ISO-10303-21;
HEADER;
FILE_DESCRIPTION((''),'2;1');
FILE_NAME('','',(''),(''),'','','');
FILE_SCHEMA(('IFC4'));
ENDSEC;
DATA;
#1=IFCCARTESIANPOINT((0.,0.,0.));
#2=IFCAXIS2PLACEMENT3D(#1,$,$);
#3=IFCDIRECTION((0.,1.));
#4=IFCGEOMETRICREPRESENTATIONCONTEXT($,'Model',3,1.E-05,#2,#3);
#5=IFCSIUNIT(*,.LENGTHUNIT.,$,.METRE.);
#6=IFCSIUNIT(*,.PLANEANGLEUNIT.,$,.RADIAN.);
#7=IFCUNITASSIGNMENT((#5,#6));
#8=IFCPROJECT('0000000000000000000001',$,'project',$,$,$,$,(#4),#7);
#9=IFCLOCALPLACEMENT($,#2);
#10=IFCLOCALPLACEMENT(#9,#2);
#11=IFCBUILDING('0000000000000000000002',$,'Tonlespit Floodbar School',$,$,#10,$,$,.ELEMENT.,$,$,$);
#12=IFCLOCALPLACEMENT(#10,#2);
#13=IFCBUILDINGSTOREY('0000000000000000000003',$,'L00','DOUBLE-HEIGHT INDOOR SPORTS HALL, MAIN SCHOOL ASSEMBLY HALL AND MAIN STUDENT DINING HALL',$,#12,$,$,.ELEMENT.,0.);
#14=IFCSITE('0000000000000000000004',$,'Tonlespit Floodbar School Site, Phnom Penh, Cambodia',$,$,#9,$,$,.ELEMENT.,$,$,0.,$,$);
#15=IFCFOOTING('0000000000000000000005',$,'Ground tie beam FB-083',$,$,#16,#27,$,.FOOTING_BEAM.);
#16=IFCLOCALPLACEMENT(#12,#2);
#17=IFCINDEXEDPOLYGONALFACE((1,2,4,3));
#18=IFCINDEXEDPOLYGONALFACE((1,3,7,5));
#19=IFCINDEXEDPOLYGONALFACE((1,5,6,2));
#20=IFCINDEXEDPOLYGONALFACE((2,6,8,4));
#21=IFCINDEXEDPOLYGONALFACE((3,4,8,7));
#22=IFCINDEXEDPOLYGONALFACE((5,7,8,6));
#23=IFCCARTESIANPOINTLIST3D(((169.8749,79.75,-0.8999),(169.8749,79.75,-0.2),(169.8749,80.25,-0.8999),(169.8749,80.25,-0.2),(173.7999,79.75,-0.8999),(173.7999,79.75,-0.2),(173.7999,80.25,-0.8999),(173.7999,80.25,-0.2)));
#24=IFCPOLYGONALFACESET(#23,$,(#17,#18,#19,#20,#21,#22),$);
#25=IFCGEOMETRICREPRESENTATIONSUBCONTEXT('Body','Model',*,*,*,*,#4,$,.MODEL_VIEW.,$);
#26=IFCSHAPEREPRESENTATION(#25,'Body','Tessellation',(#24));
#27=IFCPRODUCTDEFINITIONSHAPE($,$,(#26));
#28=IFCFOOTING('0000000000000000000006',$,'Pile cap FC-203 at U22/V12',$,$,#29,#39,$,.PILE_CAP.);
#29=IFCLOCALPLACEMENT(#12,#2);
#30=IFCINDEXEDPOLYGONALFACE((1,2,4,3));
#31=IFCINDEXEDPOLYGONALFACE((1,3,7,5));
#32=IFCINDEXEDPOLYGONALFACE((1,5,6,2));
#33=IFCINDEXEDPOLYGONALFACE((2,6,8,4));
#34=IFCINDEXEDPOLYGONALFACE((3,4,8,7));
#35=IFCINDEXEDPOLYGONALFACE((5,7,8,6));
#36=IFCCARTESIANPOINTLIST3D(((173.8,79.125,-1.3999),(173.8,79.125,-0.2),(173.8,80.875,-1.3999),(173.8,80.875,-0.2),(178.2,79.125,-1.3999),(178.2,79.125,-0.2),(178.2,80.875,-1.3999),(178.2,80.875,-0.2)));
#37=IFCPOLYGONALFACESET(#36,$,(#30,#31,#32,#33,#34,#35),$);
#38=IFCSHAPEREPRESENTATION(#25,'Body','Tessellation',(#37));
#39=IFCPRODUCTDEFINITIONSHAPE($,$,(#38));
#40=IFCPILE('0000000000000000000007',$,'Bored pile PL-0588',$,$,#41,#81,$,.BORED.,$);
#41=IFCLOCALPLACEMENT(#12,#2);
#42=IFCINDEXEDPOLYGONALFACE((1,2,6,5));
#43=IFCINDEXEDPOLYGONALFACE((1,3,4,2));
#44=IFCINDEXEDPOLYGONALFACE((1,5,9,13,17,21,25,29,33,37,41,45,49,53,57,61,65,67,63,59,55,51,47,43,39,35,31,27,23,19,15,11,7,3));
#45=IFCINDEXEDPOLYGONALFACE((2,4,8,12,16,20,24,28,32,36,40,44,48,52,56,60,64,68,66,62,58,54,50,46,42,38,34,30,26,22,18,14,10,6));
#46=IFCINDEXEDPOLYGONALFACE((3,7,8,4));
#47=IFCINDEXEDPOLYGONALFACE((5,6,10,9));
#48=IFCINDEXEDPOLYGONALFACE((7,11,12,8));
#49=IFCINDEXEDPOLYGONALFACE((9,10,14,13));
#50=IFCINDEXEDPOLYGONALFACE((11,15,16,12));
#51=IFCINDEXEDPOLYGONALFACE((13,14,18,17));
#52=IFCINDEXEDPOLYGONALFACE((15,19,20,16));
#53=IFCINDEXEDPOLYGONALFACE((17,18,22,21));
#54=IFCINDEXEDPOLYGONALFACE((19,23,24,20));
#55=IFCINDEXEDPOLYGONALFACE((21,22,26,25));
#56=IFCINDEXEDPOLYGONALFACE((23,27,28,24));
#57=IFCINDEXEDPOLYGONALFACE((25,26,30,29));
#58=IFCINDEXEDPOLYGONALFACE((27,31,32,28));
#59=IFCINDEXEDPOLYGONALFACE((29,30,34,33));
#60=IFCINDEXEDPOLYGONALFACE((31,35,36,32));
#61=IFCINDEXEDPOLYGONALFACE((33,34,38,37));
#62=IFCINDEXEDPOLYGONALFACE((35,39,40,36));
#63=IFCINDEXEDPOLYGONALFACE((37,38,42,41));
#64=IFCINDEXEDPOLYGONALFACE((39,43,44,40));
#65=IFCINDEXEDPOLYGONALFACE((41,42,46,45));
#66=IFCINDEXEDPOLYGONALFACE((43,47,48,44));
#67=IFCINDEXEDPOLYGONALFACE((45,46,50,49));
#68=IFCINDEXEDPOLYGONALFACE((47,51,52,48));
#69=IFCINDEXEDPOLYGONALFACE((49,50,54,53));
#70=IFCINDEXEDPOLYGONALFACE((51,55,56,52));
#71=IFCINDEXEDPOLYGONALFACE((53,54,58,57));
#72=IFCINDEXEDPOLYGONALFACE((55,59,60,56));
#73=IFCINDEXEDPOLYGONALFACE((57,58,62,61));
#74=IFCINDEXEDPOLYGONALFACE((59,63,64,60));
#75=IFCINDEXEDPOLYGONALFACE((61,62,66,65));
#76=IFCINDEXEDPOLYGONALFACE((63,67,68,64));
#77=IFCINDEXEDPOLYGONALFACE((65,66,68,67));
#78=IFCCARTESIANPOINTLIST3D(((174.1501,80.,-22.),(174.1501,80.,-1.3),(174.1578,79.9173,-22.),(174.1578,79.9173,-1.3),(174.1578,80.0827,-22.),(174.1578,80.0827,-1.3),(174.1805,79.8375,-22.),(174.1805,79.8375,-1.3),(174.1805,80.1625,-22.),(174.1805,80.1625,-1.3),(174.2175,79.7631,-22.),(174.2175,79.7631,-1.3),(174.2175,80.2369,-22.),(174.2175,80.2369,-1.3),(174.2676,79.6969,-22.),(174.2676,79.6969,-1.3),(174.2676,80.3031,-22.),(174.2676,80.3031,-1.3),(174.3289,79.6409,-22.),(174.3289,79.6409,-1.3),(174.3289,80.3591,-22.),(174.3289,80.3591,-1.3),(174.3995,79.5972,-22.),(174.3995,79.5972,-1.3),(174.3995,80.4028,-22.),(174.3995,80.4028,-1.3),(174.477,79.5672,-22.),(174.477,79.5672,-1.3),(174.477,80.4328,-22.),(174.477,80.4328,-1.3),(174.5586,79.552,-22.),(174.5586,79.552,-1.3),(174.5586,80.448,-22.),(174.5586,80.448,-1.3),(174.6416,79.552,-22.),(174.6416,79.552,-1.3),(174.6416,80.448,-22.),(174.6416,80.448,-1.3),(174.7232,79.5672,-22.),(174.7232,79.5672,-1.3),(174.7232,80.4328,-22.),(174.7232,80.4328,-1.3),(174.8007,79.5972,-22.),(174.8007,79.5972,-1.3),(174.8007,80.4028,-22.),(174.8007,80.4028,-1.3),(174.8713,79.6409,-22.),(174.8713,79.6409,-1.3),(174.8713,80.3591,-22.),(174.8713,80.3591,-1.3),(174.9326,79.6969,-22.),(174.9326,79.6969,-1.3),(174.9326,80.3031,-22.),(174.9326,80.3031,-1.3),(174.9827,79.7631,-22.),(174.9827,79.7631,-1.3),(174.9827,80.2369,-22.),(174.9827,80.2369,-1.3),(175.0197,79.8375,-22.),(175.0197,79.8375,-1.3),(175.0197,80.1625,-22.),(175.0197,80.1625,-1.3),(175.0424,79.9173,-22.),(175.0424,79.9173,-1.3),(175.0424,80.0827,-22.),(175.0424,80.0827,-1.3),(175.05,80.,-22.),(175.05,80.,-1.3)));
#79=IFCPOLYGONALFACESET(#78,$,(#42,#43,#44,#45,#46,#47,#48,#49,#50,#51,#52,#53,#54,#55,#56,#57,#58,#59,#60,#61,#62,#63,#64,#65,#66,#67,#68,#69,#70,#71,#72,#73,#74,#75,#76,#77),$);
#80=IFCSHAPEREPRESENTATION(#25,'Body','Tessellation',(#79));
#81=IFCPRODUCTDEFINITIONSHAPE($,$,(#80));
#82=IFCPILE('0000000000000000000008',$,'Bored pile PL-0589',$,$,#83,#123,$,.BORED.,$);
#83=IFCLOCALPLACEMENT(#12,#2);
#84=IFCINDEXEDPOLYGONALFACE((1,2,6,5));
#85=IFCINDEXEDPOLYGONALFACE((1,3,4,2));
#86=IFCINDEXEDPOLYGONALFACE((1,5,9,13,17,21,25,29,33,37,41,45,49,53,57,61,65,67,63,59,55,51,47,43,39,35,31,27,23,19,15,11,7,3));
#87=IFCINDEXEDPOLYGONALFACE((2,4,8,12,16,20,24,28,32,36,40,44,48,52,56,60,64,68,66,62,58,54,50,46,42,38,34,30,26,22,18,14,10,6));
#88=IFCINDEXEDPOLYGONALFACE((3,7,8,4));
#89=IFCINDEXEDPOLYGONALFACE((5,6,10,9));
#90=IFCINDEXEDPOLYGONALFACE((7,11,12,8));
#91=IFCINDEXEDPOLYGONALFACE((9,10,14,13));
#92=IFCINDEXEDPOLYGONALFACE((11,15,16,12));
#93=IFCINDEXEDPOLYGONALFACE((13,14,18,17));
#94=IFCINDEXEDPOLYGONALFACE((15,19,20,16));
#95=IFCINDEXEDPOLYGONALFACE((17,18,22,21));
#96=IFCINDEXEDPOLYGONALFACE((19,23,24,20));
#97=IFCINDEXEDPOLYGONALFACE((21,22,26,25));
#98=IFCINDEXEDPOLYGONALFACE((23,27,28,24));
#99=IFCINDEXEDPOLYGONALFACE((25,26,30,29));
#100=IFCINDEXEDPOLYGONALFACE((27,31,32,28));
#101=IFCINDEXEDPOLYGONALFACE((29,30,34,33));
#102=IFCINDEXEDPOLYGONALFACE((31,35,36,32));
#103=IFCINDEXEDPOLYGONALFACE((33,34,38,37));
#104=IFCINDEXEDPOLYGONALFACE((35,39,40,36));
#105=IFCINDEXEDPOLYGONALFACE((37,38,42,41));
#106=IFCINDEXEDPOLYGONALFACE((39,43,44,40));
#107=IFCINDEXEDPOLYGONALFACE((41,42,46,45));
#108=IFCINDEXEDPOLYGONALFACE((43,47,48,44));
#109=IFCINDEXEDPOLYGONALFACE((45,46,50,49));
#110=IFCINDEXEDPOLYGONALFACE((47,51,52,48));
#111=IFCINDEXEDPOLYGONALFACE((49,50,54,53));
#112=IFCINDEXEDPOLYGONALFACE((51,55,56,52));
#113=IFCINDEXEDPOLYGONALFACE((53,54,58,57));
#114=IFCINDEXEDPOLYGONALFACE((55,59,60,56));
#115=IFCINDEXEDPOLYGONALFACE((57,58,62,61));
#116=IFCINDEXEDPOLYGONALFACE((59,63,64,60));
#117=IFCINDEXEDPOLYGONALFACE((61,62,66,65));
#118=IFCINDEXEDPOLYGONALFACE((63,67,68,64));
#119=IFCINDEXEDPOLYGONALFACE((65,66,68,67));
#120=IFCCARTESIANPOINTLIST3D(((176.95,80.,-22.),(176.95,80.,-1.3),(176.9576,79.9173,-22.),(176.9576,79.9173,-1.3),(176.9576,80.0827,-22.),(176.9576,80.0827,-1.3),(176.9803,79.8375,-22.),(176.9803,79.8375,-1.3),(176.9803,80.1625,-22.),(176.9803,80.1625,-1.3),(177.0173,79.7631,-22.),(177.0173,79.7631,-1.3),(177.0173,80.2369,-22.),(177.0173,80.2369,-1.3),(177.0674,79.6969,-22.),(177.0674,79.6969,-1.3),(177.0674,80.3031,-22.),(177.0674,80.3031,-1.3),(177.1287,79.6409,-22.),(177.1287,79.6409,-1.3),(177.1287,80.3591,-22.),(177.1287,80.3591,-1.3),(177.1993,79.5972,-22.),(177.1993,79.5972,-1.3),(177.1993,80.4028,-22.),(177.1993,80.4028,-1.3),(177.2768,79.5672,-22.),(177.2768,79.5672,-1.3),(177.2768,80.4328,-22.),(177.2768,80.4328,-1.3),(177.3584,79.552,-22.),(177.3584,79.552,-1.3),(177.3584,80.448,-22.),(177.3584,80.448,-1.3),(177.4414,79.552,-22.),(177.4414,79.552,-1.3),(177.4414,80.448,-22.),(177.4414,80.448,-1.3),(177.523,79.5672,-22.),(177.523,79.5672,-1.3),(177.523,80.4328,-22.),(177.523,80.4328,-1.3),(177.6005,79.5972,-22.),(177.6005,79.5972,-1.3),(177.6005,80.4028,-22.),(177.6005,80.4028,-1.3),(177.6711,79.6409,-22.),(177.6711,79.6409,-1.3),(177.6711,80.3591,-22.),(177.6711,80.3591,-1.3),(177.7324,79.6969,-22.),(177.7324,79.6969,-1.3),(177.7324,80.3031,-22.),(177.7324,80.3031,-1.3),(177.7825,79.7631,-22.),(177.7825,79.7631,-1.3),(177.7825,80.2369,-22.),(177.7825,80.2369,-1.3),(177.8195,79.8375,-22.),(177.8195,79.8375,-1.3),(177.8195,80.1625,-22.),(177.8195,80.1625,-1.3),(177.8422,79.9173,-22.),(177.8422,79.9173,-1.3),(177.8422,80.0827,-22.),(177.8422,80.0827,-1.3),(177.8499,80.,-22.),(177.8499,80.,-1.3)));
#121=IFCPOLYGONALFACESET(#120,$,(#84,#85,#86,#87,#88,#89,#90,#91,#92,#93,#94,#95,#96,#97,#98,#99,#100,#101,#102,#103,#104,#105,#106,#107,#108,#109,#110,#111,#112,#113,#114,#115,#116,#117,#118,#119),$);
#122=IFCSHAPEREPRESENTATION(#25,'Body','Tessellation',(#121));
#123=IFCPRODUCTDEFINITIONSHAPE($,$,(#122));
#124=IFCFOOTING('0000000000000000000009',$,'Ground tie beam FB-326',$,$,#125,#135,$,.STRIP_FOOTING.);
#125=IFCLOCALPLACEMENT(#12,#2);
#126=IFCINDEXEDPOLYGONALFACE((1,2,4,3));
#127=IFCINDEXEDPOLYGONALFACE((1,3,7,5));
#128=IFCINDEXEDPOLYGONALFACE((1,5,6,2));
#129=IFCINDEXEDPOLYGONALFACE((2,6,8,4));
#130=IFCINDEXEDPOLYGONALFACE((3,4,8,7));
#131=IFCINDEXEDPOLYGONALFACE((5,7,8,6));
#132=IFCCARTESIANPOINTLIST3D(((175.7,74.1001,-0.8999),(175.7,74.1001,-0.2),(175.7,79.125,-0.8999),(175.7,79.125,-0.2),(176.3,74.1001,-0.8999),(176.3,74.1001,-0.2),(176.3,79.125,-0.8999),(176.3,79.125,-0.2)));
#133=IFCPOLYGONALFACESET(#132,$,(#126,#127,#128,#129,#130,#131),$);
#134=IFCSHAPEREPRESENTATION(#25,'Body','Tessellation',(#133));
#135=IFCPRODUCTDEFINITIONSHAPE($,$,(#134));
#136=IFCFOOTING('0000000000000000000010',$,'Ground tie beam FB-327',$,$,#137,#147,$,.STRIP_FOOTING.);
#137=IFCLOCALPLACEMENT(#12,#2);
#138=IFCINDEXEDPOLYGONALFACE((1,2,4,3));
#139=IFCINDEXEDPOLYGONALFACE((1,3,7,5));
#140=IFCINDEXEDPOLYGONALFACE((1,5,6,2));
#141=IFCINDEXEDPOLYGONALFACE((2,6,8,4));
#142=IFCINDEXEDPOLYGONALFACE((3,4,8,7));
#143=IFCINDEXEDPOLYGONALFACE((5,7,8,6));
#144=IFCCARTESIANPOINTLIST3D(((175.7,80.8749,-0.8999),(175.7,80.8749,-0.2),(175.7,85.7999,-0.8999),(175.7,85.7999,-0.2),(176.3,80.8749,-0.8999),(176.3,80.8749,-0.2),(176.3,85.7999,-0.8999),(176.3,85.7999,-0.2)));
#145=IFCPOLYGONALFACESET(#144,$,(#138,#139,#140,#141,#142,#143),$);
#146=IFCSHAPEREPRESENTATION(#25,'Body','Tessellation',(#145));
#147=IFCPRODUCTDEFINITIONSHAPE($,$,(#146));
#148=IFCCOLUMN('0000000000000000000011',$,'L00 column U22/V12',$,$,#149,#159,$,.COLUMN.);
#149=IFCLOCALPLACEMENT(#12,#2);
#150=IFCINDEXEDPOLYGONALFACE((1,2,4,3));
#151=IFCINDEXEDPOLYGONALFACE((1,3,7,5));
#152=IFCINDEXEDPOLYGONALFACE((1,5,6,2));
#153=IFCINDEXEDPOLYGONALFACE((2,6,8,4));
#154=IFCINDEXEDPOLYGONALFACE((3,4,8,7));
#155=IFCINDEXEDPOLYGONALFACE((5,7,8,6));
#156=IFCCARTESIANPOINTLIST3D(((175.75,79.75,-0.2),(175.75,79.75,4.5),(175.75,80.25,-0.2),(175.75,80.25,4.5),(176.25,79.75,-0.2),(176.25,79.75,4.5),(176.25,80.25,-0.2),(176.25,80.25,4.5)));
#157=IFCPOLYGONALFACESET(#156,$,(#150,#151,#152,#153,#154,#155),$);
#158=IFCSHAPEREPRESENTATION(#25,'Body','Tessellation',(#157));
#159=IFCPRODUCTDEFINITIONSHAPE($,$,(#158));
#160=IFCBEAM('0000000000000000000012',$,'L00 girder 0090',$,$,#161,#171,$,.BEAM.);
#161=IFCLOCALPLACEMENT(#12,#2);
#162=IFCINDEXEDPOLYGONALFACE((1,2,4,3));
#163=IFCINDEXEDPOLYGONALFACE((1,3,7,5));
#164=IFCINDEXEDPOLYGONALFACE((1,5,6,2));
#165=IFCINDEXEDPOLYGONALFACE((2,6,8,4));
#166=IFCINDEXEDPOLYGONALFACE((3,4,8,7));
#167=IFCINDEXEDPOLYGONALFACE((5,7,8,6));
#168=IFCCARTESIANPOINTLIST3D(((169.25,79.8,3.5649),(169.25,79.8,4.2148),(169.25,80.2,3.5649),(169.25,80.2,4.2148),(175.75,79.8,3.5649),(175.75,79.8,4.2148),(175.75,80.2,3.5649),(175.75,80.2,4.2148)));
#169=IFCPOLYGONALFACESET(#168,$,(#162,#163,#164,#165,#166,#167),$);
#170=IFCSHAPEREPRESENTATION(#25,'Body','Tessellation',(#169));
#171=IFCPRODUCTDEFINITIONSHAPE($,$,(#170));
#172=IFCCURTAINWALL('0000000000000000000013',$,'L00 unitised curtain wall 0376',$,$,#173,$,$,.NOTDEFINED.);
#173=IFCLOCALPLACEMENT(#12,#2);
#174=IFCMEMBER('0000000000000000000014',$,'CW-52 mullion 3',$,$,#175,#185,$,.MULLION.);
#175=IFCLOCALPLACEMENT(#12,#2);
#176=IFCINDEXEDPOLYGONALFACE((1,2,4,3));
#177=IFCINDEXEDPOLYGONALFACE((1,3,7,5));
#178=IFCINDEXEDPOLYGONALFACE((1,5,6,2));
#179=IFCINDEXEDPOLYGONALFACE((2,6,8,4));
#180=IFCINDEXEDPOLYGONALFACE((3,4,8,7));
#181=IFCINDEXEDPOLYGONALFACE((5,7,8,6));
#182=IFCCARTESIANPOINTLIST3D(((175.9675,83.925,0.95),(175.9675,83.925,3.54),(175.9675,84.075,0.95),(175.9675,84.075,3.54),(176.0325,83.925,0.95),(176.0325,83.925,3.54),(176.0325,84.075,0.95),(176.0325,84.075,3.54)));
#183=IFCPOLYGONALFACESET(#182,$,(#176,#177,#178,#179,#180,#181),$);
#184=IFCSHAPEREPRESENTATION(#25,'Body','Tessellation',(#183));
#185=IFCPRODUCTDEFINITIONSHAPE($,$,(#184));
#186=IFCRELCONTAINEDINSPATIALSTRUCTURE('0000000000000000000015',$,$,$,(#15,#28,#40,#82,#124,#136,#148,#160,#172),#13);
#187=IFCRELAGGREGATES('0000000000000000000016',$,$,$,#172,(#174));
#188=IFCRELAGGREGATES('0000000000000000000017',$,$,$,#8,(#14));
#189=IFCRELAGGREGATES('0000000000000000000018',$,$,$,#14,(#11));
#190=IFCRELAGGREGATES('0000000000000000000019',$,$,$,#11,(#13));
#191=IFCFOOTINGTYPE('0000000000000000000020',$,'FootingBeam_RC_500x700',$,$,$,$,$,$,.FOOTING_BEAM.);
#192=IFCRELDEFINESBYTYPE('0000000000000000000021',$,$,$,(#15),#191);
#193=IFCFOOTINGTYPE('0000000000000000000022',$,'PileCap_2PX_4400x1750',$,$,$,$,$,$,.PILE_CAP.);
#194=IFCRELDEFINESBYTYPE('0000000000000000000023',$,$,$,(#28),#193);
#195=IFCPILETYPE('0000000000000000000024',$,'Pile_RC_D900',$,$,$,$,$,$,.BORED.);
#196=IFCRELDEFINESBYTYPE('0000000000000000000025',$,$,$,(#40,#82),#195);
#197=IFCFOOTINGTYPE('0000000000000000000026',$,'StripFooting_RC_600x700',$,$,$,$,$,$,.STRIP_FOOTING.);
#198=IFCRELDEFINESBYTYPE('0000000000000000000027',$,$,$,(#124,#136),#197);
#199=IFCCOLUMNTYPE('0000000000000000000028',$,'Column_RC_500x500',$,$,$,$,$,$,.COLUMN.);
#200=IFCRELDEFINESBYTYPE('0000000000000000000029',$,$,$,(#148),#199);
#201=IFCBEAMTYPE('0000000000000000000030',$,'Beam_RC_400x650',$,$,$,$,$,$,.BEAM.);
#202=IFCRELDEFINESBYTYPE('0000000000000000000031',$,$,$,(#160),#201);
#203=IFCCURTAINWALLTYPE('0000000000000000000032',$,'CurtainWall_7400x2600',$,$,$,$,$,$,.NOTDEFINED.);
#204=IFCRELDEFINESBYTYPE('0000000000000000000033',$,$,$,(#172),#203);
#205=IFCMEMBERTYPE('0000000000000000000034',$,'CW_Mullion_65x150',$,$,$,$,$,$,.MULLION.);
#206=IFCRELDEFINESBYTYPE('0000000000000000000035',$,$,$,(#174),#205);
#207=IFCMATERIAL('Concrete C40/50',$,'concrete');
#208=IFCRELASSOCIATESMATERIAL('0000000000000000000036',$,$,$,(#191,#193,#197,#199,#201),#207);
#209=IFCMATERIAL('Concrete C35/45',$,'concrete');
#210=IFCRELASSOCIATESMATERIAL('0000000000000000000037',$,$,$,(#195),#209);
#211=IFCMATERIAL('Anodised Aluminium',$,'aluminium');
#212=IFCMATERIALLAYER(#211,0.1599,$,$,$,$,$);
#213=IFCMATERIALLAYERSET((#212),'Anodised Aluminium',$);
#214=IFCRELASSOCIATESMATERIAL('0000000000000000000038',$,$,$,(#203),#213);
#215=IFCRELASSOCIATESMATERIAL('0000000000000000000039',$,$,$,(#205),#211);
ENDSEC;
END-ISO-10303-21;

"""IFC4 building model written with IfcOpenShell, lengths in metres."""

from ifc_helpers import new_model, si_unit, direction, frame, origin, origin_2d, place, context, subcontext, project, spatial, rectangle, circle, extrude, material, layer, layer_set, material_profile, profile_set, type_object, element, aggregate, save


model = new_model("IFC4")

# Units and contexts
model_context = context("Model", 3, precision=1e-05, world=origin(), true_north=direction((0.0, 1.0)))
body_context = subcontext(model_context, "Body", "Model", "MODEL_VIEW")
ifc_project = project(units=[si_unit("LENGTHUNIT", "METRE"), si_unit("PLANEANGLEUNIT", "RADIAN")], contexts=[model_context])

# Site, building, storey
site_placement = place(None, origin())
site = spatial("IfcSite", under=ifc_project, at=site_placement, Name="Tonlespit Floodbar School Site, Phnom Penh, Cambodia", CompositionType="ELEMENT", RefElevation=0.0)
building_placement = place(site_placement, origin())
building = spatial("IfcBuilding", under=site, at=building_placement, Name="Tonlespit Floodbar School", CompositionType="ELEMENT")
storey_placement = place(building_placement, origin())
storey = spatial("IfcBuildingStorey", under=building, at=storey_placement, Name="L00", Description="DOUBLE-HEIGHT INDOOR SPORTS HALL, MAIN SCHOOL ASSEMBLY HALL AND MAIN STUDENT DINING HALL", CompositionType="ELEMENT", Elevation=0.0)

# Footings
ifc_material_1 = material(Name="Concrete C40/50", Category="concrete")
footing_type_1 = type_object("IfcFootingType", Name="FootingBeam_RC_500x700", PredefinedType="FOOTING_BEAM", material=ifc_material_1)
footing_1_placement = place(storey_placement, frame((171.8374, 80.0, -0.8999), z_axis=(0.0, 0.0, 1.0), x_axis=(1.0, 0.0, 0.0)))
element("IfcFooting", 1, at=footing_1_placement, inside=storey, type_object=footing_type_1, Name="Ground tie beam FB-083", PredefinedType="FOOTING_BEAM", context=body_context, shape_type="SweptSolid", body=[
    extrude(rectangle(XDim=3.925, YDim=0.5, at=origin_2d()), origin(), (0.0, 0.0, 1.0), 0.7),
])
footing_type_2 = type_object("IfcFootingType", Name="PileCap_2PX_4400x1750", PredefinedType="PILE_CAP", material=ifc_material_1)
footing_2_placement = place(storey_placement, frame((176.0, 80.0, -1.3999), z_axis=(0.0, 0.0, 1.0), x_axis=(1.0, 0.0, 0.0)))
element("IfcFooting", 2, at=footing_2_placement, inside=storey, type_object=footing_type_2, Name="Pile cap FC-203 at U22/V12", PredefinedType="PILE_CAP", context=body_context, shape_type="SweptSolid", body=[
    extrude(rectangle(XDim=4.3999, YDim=1.75, at=origin_2d()), origin(), (0.0, 0.0, 1.0), 1.2),
])

# Piles
ifc_material_2 = material(Name="Concrete C35/45", Category="concrete")
ifc_material_profile_1 = material_profile(ifc_material_2, circle(Radius=0.45, at=origin_2d()), Name="BP D900")
ifc_profile_set_1 = profile_set([ifc_material_profile_1], Name="Concrete C35/45")
pile_type = type_object("IfcPileType", Name="Pile_RC_D900", PredefinedType="BORED", material=ifc_profile_set_1)
for number, where, z_axis, x_axis, name in (
    (3, (174.6001, 80.0, -1.3), (0.0, 0.0, -1.0), (1.0, 0.0, 0.0), "Bored pile PL-0588"),
    (4, (177.3999, 80.0, -1.3), (0.0, 0.0, -1.0), (1.0, 0.0, 0.0), "Bored pile PL-0589"),
):
    element("IfcPile", number, at=place(storey_placement, frame(where, z_axis=z_axis, x_axis=x_axis)), inside=storey, type_object=pile_type, Name=name, PredefinedType="BORED", context=body_context, shape_type="SweptSolid", body=[
        extrude(circle(Radius=0.45, at=origin_2d()), origin(), (0.0, 0.0, 1.0), 20.7),
    ])

# Footings
footing_type_3 = type_object("IfcFootingType", Name="StripFooting_RC_600x700", PredefinedType="STRIP_FOOTING", material=ifc_material_1)
footing_3_placement = place(storey_placement, frame((176.0, 76.6125, -0.8999), z_axis=(0.0, 0.0, 1.0), x_axis=(0.0, 1.0, 0.0)))
element("IfcFooting", 5, at=footing_3_placement, inside=storey, type_object=footing_type_3, Name="Ground tie beam FB-326", PredefinedType="STRIP_FOOTING", context=body_context, shape_type="SweptSolid", body=[
    extrude(rectangle(XDim=5.0249, YDim=0.6001, at=origin_2d()), origin(), (0.0, 0.0, 1.0), 0.7),
])
footing_4_placement = place(storey_placement, frame((176.0, 83.3374, -0.8999), z_axis=(0.0, 0.0, 1.0), x_axis=(0.0, 1.0, 0.0)))
element("IfcFooting", 6, at=footing_4_placement, inside=storey, type_object=footing_type_3, Name="Ground tie beam FB-327", PredefinedType="STRIP_FOOTING", context=body_context, shape_type="SweptSolid", body=[
    extrude(rectangle(XDim=4.925, YDim=0.6001, at=origin_2d()), origin(), (0.0, 0.0, 1.0), 0.7),
])

# Column
ifc_material_profile_2 = material_profile(ifc_material_1, rectangle(XDim=0.5, YDim=0.5, at=origin_2d()), Name="RC 500x500")
ifc_profile_set_2 = profile_set([ifc_material_profile_2], Name="Concrete C40/50")
column_type = type_object("IfcColumnType", Name="Column_RC_500x500", PredefinedType="COLUMN", material=ifc_profile_set_2)
column_placement = place(storey_placement, frame((176.0, 80.0, -0.2), z_axis=(0.0, 0.0, 1.0), x_axis=(1.0, 0.0, 0.0)))
element("IfcColumn", 7, at=column_placement, inside=storey, type_object=column_type, Name="L00 column U22/V12", PredefinedType="COLUMN", context=body_context, shape_type="SweptSolid", body=[
    extrude(rectangle(XDim=0.5, YDim=0.5, at=origin_2d()), origin(), (0.0, 0.0, 1.0), 4.7),
])

# Beam
ifc_material_profile_3 = material_profile(ifc_material_1, rectangle(XDim=0.3999, YDim=0.6499, at=origin_2d()), Name="RC 400x650")
ifc_profile_set_3 = profile_set([ifc_material_profile_3], Name="Concrete C40/50")
beam_type_1 = type_object("IfcBeamType", Name="Beam_RC_400x650", PredefinedType="BEAM", material=ifc_profile_set_3)
beam_1_placement = place(storey_placement, frame((169.25, 80.0, 3.8899), z_axis=(1.0, 0.0, 0.0), x_axis=(0.0, 1.0, 0.0)))
element("IfcBeam", 8, at=beam_1_placement, inside=storey, type_object=beam_type_1, Name="L00 girder 0090", PredefinedType="BEAM", context=body_context, shape_type="SweptSolid", body=[
    extrude(rectangle(XDim=0.3999, YDim=0.6499, at=origin_2d()), origin(), (0.0, 0.0, 1.0), 6.5),
])

# Curtain wall, member
ifc_material_3 = material(Name="Anodised Aluminium", Category="aluminium")
ifc_layer_1 = layer(ifc_material_3, 0.1599)
ifc_layer_set_1 = layer_set([ifc_layer_1], Name="Anodised Aluminium")
curtain_wall_type = type_object("IfcCurtainWallType", Name="CurtainWall_7400x2600", PredefinedType="NOTDEFINED", material=ifc_layer_set_1)
curtain_wall_placement = place(storey_placement, origin())
curtain_wall = element("IfcCurtainWall", 9, at=curtain_wall_placement, inside=storey, type_object=curtain_wall_type, Name="L00 unitised curtain wall 0376", PredefinedType="NOTDEFINED")
ifc_material_profile_4 = material_profile(ifc_material_3, rectangle(XDim=0.0649, YDim=0.1499, at=origin_2d()), Name="ALU M65x150")
ifc_profile_set_4 = profile_set([ifc_material_profile_4], Name="Anodised Aluminium")
member_type_1 = type_object("IfcMemberType", Name="CW_Mullion_65x150", PredefinedType="MULLION", material=ifc_profile_set_4)
member_1_placement = place(storey_placement, frame((176.0, 84.0, 0.95), z_axis=(0.0, 0.0, 1.0), x_axis=(1.0, 0.0, 0.0)))
member_1 = element("IfcMember", 10, at=member_1_placement, type_object=member_type_1, Name="CW-52 mullion 3", PredefinedType="MULLION", context=body_context, shape_type="SweptSolid", body=[
    extrude(rectangle(XDim=0.0649, YDim=0.1499, at=origin_2d()), origin(), (0.0, 0.0, 1.0), 2.5901),
])

aggregate(curtain_wall, [member_1])

save(model, "model.ifc")
